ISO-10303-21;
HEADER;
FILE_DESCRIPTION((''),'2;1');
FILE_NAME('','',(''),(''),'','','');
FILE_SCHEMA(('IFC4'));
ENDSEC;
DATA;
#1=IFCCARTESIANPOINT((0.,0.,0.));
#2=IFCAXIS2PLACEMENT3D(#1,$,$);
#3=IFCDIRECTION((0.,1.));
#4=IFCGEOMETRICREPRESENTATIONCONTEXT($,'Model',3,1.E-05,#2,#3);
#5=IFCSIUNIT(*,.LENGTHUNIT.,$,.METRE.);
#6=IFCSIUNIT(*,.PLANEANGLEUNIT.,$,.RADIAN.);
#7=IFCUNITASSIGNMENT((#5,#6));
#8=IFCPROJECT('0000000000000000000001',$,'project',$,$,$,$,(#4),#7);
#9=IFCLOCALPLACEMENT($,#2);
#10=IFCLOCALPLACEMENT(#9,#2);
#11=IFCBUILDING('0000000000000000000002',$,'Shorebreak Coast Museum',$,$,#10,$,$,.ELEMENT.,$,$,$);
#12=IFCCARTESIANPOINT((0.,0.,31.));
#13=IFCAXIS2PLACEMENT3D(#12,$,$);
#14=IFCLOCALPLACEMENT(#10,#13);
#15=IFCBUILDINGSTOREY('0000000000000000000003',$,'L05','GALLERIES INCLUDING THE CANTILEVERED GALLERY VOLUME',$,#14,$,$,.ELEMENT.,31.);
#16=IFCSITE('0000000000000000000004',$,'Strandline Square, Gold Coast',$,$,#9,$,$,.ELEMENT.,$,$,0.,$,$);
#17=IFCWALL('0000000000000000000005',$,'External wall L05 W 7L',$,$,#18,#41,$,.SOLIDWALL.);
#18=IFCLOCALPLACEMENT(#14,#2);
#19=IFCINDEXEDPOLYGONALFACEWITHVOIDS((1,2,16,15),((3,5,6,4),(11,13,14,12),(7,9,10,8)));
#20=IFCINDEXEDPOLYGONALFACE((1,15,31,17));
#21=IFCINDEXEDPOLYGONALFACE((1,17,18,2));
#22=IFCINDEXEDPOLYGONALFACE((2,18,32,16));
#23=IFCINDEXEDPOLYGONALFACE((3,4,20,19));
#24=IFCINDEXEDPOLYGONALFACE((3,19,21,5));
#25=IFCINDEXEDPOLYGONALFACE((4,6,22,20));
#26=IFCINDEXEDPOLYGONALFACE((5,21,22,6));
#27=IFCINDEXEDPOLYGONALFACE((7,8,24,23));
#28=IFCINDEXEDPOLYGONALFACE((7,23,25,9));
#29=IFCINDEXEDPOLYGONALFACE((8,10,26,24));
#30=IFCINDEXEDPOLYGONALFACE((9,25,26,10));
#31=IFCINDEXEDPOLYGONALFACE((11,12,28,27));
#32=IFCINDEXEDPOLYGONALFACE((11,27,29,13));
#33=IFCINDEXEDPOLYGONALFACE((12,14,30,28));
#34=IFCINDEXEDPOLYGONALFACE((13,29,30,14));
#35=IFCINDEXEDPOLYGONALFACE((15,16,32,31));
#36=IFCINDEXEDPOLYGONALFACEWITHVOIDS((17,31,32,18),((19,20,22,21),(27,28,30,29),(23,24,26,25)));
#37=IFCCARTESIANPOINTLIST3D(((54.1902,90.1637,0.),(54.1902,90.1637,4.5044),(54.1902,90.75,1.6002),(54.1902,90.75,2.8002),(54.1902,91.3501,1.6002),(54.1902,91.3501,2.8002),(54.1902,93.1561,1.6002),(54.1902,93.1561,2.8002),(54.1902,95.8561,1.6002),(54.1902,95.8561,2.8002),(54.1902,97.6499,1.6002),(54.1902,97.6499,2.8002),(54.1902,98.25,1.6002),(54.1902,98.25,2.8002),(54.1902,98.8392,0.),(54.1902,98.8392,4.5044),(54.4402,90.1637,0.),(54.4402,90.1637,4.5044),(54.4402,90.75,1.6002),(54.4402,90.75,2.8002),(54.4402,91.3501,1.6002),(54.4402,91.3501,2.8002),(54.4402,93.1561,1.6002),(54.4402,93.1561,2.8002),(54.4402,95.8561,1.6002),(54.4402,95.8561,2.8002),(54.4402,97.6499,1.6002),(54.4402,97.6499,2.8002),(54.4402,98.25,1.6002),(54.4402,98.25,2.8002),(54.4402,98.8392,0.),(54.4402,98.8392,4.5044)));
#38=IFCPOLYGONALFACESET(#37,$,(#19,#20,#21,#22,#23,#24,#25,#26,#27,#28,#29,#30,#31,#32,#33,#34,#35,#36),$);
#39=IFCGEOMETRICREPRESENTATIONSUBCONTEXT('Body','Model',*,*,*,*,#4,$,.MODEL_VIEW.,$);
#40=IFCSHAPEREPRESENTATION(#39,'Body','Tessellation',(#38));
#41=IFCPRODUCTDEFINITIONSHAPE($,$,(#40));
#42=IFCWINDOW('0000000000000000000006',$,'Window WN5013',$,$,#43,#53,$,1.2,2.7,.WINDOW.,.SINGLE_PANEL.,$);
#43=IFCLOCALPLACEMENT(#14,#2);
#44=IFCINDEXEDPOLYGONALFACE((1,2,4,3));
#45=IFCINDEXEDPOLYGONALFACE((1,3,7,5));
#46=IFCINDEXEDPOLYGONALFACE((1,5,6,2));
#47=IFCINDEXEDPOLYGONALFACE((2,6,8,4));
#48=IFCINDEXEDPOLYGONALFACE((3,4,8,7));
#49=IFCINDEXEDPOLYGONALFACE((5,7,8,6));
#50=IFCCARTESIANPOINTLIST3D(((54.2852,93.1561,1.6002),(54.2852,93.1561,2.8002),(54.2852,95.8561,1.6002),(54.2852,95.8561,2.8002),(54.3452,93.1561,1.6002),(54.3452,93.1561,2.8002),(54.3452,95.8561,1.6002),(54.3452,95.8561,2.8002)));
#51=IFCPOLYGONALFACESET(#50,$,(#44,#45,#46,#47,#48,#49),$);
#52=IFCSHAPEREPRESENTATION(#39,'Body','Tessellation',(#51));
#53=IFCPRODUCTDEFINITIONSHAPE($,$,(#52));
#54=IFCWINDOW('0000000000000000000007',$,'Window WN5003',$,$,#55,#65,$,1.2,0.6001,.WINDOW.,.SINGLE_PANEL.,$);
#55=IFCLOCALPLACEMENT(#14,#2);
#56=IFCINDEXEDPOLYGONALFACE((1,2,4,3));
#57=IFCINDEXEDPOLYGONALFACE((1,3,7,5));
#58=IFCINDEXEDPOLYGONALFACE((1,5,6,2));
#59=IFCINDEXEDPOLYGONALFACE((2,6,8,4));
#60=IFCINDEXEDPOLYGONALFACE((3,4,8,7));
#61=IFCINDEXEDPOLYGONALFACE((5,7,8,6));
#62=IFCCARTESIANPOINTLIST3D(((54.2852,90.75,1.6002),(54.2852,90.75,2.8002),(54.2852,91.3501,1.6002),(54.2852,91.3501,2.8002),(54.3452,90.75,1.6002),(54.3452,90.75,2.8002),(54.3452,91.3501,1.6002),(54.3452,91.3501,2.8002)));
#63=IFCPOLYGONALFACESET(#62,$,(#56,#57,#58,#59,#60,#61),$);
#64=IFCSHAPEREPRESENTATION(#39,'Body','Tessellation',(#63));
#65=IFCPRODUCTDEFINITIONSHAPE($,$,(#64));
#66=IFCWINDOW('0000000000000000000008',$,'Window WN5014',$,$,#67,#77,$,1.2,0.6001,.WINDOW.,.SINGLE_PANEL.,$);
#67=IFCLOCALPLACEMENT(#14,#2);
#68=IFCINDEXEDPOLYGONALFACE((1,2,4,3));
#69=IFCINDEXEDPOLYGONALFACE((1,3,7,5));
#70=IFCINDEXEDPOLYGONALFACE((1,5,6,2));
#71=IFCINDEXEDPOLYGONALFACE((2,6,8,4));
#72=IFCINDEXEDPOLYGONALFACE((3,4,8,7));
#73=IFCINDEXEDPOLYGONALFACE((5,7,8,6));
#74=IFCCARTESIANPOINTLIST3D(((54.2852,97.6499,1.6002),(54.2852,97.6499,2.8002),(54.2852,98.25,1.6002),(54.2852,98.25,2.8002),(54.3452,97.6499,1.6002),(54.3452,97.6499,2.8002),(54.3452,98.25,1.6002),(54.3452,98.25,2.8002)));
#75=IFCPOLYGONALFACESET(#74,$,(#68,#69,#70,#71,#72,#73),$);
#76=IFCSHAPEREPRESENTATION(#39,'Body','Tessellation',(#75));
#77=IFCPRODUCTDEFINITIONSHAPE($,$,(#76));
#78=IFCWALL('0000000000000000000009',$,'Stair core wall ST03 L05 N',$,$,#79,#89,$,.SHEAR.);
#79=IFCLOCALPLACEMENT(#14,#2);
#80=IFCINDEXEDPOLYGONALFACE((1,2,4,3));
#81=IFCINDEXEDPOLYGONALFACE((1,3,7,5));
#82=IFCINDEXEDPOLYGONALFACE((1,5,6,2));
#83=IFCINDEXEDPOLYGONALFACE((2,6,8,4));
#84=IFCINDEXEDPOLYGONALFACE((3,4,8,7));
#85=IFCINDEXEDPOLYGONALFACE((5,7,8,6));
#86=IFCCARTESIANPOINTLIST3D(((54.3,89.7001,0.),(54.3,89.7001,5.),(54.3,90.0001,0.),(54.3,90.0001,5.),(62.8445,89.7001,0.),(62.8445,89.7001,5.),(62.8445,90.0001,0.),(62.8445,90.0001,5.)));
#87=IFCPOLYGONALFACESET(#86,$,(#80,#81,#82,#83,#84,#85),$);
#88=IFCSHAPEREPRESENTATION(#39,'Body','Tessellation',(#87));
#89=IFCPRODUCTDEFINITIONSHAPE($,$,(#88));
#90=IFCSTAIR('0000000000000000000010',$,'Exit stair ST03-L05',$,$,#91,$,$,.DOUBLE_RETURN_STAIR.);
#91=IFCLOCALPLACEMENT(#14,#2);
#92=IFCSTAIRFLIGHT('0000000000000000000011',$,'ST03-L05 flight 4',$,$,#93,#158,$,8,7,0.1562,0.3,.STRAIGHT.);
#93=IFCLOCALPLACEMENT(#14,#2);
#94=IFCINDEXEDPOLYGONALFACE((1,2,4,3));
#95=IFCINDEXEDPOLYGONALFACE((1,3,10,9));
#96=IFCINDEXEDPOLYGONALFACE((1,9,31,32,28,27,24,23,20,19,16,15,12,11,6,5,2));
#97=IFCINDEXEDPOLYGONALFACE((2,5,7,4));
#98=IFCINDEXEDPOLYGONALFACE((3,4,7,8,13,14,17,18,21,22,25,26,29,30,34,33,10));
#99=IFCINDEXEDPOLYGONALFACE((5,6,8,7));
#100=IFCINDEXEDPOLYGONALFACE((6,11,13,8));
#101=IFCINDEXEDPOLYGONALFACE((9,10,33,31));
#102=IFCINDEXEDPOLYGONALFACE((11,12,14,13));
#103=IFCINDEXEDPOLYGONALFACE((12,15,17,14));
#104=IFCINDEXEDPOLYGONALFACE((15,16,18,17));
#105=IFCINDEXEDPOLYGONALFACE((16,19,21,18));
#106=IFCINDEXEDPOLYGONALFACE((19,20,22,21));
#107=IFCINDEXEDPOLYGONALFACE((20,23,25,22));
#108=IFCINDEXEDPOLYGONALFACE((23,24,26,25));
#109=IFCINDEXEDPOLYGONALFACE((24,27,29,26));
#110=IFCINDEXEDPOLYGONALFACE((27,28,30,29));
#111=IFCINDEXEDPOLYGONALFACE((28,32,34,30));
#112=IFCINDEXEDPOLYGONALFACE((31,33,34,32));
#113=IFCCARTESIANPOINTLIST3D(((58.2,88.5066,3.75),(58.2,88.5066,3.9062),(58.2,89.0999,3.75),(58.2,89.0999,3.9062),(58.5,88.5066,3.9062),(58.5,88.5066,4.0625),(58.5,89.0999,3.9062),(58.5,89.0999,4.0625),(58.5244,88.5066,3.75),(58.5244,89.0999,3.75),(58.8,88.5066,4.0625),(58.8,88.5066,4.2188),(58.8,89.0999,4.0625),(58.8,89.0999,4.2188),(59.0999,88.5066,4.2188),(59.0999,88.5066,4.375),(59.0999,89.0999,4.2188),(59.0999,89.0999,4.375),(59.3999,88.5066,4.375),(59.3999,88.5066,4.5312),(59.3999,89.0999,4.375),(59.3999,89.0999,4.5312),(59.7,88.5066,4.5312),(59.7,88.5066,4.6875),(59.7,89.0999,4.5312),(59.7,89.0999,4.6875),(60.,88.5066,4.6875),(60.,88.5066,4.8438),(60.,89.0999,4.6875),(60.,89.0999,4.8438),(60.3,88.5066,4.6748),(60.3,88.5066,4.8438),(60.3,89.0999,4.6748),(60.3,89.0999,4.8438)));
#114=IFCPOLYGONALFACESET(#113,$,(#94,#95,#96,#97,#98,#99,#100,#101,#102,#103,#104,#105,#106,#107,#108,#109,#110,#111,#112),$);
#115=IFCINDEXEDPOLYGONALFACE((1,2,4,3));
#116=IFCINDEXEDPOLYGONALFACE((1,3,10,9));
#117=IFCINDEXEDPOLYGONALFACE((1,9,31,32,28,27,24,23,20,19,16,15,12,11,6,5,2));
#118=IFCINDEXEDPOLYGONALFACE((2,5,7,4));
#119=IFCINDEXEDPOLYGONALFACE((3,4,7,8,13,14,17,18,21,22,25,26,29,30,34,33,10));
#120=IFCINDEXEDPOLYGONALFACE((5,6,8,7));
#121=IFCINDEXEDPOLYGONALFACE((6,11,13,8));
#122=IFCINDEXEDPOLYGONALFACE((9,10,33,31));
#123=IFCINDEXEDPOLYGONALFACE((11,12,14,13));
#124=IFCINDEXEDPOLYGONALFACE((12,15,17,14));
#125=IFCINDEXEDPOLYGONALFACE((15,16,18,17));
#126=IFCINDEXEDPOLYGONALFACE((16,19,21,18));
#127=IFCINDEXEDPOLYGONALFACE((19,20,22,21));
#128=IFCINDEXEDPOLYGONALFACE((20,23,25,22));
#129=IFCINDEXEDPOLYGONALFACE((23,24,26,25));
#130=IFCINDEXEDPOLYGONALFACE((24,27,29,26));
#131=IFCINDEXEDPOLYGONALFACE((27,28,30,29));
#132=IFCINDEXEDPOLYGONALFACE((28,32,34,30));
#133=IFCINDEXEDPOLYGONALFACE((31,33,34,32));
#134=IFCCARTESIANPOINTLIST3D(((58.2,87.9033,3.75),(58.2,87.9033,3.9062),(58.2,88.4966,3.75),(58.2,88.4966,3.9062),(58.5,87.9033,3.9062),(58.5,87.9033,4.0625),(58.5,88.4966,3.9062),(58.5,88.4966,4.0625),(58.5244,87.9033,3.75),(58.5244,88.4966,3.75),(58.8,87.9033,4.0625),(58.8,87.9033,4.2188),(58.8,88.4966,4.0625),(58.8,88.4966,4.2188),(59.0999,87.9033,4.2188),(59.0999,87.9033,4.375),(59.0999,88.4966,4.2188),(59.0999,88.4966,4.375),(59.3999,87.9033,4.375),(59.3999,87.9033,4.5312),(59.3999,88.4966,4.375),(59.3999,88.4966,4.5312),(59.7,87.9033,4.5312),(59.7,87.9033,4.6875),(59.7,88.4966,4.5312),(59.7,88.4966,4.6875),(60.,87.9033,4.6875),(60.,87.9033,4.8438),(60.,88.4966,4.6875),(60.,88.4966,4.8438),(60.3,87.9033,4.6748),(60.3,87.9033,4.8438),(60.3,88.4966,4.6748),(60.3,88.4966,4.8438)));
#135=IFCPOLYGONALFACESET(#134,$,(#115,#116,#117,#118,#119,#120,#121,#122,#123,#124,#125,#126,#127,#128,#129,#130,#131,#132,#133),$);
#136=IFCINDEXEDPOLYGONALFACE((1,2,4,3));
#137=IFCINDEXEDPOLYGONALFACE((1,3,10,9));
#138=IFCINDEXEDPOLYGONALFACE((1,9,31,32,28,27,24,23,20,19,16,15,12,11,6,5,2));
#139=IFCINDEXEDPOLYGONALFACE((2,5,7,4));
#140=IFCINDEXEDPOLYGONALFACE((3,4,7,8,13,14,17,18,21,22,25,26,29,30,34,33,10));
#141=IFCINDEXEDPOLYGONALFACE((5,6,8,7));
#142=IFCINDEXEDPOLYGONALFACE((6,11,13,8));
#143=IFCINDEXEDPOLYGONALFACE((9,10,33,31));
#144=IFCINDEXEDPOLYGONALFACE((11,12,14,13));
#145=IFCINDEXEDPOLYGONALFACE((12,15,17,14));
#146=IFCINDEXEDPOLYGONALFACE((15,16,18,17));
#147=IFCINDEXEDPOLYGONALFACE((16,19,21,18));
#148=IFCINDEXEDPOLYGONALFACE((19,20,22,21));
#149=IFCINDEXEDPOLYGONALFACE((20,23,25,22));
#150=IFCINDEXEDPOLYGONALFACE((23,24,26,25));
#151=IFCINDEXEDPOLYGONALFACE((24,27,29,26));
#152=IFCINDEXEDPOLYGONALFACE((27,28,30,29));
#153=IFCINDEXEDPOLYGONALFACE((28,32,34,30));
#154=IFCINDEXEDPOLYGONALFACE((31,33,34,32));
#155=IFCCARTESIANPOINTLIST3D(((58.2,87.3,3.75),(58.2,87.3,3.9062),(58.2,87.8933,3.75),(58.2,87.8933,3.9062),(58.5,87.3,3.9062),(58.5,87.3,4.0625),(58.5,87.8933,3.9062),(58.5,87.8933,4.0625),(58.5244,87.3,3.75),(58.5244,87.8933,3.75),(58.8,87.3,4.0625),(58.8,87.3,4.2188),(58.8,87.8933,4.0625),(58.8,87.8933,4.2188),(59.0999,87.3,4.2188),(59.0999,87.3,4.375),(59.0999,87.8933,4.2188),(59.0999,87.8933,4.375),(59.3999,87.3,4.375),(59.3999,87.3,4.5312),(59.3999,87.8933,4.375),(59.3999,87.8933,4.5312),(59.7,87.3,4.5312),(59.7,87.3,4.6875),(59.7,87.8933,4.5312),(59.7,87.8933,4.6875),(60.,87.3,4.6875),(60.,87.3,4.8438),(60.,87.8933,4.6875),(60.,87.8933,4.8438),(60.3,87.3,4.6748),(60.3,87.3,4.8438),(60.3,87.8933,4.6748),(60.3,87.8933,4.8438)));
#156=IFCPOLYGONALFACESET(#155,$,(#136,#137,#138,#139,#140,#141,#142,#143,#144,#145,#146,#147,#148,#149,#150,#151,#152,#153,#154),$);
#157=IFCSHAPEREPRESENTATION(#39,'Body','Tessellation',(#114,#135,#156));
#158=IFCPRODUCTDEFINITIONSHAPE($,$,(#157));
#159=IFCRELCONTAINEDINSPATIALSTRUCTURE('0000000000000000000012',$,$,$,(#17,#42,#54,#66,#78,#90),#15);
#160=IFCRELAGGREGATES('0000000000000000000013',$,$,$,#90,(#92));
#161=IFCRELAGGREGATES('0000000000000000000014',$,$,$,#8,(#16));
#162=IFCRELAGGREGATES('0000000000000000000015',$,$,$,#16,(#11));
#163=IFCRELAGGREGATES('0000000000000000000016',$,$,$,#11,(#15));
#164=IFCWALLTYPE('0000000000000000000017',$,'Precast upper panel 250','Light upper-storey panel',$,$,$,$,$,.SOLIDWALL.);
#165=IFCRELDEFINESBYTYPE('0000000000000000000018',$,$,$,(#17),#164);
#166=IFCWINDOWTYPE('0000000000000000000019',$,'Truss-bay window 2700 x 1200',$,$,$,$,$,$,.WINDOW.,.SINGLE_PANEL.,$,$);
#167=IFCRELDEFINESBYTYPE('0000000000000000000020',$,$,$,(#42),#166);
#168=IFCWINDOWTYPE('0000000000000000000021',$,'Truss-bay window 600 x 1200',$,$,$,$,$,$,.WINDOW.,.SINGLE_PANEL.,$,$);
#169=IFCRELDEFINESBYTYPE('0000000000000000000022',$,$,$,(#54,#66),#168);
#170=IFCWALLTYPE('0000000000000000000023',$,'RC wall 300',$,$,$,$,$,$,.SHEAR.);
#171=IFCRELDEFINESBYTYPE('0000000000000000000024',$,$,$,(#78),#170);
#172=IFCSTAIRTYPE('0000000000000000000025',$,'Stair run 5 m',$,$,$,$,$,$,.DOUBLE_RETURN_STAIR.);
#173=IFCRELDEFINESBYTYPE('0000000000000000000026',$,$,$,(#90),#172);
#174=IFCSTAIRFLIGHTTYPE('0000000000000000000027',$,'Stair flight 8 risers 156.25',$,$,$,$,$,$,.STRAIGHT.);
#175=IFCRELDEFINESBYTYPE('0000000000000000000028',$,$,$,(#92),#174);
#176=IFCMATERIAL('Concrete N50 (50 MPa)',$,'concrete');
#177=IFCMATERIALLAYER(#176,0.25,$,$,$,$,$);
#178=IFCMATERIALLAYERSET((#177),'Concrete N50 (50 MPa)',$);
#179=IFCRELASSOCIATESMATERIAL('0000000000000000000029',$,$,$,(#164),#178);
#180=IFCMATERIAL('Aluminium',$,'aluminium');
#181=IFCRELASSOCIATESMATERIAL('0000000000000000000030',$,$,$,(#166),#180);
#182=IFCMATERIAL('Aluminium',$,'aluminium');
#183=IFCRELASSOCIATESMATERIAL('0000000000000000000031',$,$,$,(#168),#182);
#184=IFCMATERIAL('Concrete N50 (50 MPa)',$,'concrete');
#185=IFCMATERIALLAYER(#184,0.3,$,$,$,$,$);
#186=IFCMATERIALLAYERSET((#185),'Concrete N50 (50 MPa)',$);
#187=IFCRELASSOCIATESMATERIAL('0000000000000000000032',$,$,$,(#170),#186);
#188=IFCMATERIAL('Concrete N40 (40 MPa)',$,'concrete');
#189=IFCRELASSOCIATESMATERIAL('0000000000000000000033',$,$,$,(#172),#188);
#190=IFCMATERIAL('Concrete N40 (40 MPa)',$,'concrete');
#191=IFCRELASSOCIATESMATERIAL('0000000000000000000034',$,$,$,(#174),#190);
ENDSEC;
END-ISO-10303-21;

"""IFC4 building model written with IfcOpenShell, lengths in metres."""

from ifc_helpers import new_model, si_unit, direction, frame, frame_2d, origin, place, context, subcontext, project, spatial, polyline, rectangle, outline, extrude, material, layer, layer_set, type_object, element, fill, aggregate, save


model = new_model("IFC4")

# Units and contexts
model_context = context("Model", 3, precision=1e-05, world=origin(), true_north=direction((0.0, 1.0)))
body_context = subcontext(model_context, "Body", "Model", "MODEL_VIEW")
ifc_project = project(units=[si_unit("LENGTHUNIT", "METRE"), si_unit("PLANEANGLEUNIT", "RADIAN")], contexts=[model_context])

# Site, building, storey
site_placement = place(None, origin())
site = spatial("IfcSite", under=ifc_project, at=site_placement, Name="Strandline Square, Gold Coast", CompositionType="ELEMENT", RefElevation=0.0)
building_placement = place(site_placement, origin())
building = spatial("IfcBuilding", under=site, at=building_placement, Name="Shorebreak Coast Museum", CompositionType="ELEMENT")
storey_placement = place(building_placement, frame((0.0, 0.0, 31.0)))
storey = spatial("IfcBuildingStorey", under=building, at=storey_placement, Name="L05", Description="GALLERIES INCLUDING THE CANTILEVERED GALLERY VOLUME", CompositionType="ELEMENT", Elevation=31.0)

# Wall, openings, windows
ifc_material_1 = material(Name="Concrete N50 (50 MPa)", Category="concrete")
ifc_layer_1 = layer(ifc_material_1, 0.25)
ifc_layer_set_1 = layer_set([ifc_layer_1], Name="Concrete N50 (50 MPa)")
wall_type_1 = type_object("IfcWallType", Name="Precast upper panel 250", Description="Light upper-storey panel", PredefinedType="SOLIDWALL", material=ifc_layer_set_1)
wall_1_placement = place(storey_placement, frame((54.3152, 90.1636, 0.0), z_axis=(0.0, 0.0, 1.0), x_axis=(0.0, 1.0, 0.0)))
wall_1 = element("IfcWall", 1, at=wall_1_placement, inside=storey, type_object=wall_type_1, Name="External wall L05 W 7L", PredefinedType="SOLIDWALL", context=body_context, shape_type="SweptSolid", body=[
    extrude(rectangle(XDim=8.6755, YDim=0.25, at=frame_2d((4.3379, 0.0))), origin(), (0.0, 0.0, 1.0), 4.5044),
])
opening_1_placement = place(wall_1_placement, frame((0.5864, 0.0, 1.6001)))
opening_1 = element("IfcOpeningElement", 2, at=opening_1_placement, cuts=wall_1, PredefinedType="OPENING", context=body_context, shape_type="SweptSolid", body=[
    extrude(rectangle(XDim=0.6001, YDim=1.2, at=frame_2d((0.3, 0.6001))), frame((0.0, 0.135, 0.0), z_axis=(0.0, -1.0, 0.0), x_axis=(1.0, 0.0, 0.0)), (0.0, 0.0, 1.0), 0.27),
])
opening_2_placement = place(wall_1_placement, frame((2.9924, 0.0, 1.6001)))
opening_2 = element("IfcOpeningElement", 3, at=opening_2_placement, cuts=wall_1, PredefinedType="OPENING", context=body_context, shape_type="SweptSolid", body=[
    extrude(rectangle(XDim=2.7, YDim=1.2, at=frame_2d((1.3501, 0.6001))), frame((0.0, 0.135, 0.0), z_axis=(0.0, -1.0, 0.0), x_axis=(1.0, 0.0, 0.0)), (0.0, 0.0, 1.0), 0.27),
])
opening_3_placement = place(wall_1_placement, frame((7.4863, 0.0, 1.6001)))
opening_3 = element("IfcOpeningElement", 4, at=opening_3_placement, cuts=wall_1, PredefinedType="OPENING", context=body_context, shape_type="SweptSolid", body=[
    extrude(rectangle(XDim=0.6001, YDim=1.2, at=frame_2d((0.3, 0.6001))), frame((0.0, 0.135, 0.0), z_axis=(0.0, -1.0, 0.0), x_axis=(1.0, 0.0, 0.0)), (0.0, 0.0, 1.0), 0.27),
])
ifc_material_2 = material(Name="Aluminium", Category="aluminium")
window_type_1 = type_object("IfcWindowType", Name="Truss-bay window 2700 x 1200", PartitioningType="SINGLE_PANEL", PredefinedType="WINDOW", material=ifc_material_2)
window_1_placement = place(opening_2_placement, origin())
window_1 = element("IfcWindow", 5, at=window_1_placement, inside=storey, type_object=window_type_1, Name="Window WN5013", OverallHeight=1.2, OverallWidth=2.7, PartitioningType="SINGLE_PANEL", PredefinedType="WINDOW", context=body_context, shape_type="SweptSolid", body=[
    extrude(rectangle(XDim=2.7, YDim=1.2, at=frame_2d((1.3501, 0.6001))), frame((0.0, 0.03, 0.0), z_axis=(0.0, -1.0, 0.0), x_axis=(1.0, 0.0, 0.0)), (0.0, 0.0, 1.0), 0.0601),
])
fill(opening_2, window_1)
ifc_material_3 = material(Name="Aluminium", Category="aluminium")
window_type_2 = type_object("IfcWindowType", Name="Truss-bay window 600 x 1200", PartitioningType="SINGLE_PANEL", PredefinedType="WINDOW", material=ifc_material_3)
window_2_placement = place(opening_1_placement, origin())
window_2 = element("IfcWindow", 6, at=window_2_placement, inside=storey, type_object=window_type_2, Name="Window WN5003", OverallHeight=1.2, OverallWidth=0.6001, PartitioningType="SINGLE_PANEL", PredefinedType="WINDOW", context=body_context, shape_type="SweptSolid", body=[
    extrude(rectangle(XDim=0.6001, YDim=1.2, at=frame_2d((0.3, 0.6001))), frame((0.0, 0.03, 0.0), z_axis=(0.0, -1.0, 0.0), x_axis=(1.0, 0.0, 0.0)), (0.0, 0.0, 1.0), 0.0601),
])
fill(opening_1, window_2)
window_3_placement = place(opening_3_placement, origin())
window_3 = element("IfcWindow", 7, at=window_3_placement, inside=storey, type_object=window_type_2, Name="Window WN5014", OverallHeight=1.2, OverallWidth=0.6001, PartitioningType="SINGLE_PANEL", PredefinedType="WINDOW", context=body_context, shape_type="SweptSolid", body=[
    extrude(rectangle(XDim=0.6001, YDim=1.2, at=frame_2d((0.3, 0.6001))), frame((0.0, 0.03, 0.0), z_axis=(0.0, -1.0, 0.0), x_axis=(1.0, 0.0, 0.0)), (0.0, 0.0, 1.0), 0.0601),
])
fill(opening_3, window_3)

# Wall
ifc_material_4 = material(Name="Concrete N50 (50 MPa)", Category="concrete")
ifc_layer_2 = layer(ifc_material_4, 0.3)
ifc_layer_set_2 = layer_set([ifc_layer_2], Name="Concrete N50 (50 MPa)")
wall_type_2 = type_object("IfcWallType", Name="RC wall 300", PredefinedType="SHEAR", material=ifc_layer_set_2)
wall_2_placement = place(storey_placement, frame((54.3, 89.8501, 0.0), z_axis=(0.0, 0.0, 1.0), x_axis=(1.0, 0.0, 0.0)))
element("IfcWall", 8, at=wall_2_placement, inside=storey, type_object=wall_type_2, Name="Stair core wall ST03 L05 N", PredefinedType="SHEAR", context=body_context, shape_type="SweptSolid", body=[
    extrude(rectangle(XDim=8.5444, YDim=0.3, at=frame_2d((4.2722, 0.0))), origin(), (0.0, 0.0, 1.0), 5.0),
])

# Stair, stair flight
ifc_material_5 = material(Name="Concrete N40 (40 MPa)", Category="concrete")
stair_type = type_object("IfcStairType", Name="Stair run 5 m", PredefinedType="DOUBLE_RETURN_STAIR", material=ifc_material_5)
stair_placement = place(storey_placement, origin())
stair = element("IfcStair", 9, at=stair_placement, inside=storey, type_object=stair_type, Name="Exit stair ST03-L05", PredefinedType="DOUBLE_RETURN_STAIR")
ifc_material_6 = material(Name="Concrete N40 (40 MPa)", Category="concrete")
stair_flight_type = type_object("IfcStairFlightType", Name="Stair flight 8 risers 156.25", PredefinedType="STRAIGHT", material=ifc_material_6)
stair_flight_placement = place(storey_placement, frame((58.2, 88.2, 3.75), z_axis=(0.0, 0.0, 1.0), x_axis=(1.0, 0.0, 0.0)))
stair_flight = element("IfcStairFlight", 10, at=stair_flight_placement, type_object=stair_flight_type, Name="ST03-L05 flight 4", NumberOfRisers=8, NumberOfTreads=7, PredefinedType="STRAIGHT", RiserHeight=0.1562, TreadLength=0.3, context=body_context, shape_type="SweptSolid", body=[
    extrude(outline(polyline([(0.0, 0.0), (0.0, 0.1562), (0.3, 0.1562), (0.3, 0.3125), (0.6001, 0.3125), (0.6001, 0.4688), (0.8999, 0.4688), (0.8999, 0.625), (1.2, 0.625), (1.2, 0.7812), (1.5, 0.7812), (1.5, 0.9375), (1.8, 0.9375), (1.8, 1.0938), (2.1001, 1.0938), (2.1001, 1.25), (2.1001, 0.9248), (0.3245, 0.0), (0.0, 0.0)])), frame((0.0, 0.8999, 0.0), z_axis=(0.0, -1.0, 0.0), x_axis=(1.0, 0.0, 0.0)), (0.0, 0.0, 1.0), 0.5933),
    extrude(outline(polyline([(0.0, 0.0), (0.0, 0.1562), (0.3, 0.1562), (0.3, 0.3125), (0.6001, 0.3125), (0.6001, 0.4688), (0.8999, 0.4688), (0.8999, 0.625), (1.2, 0.625), (1.2, 0.7812), (1.5, 0.7812), (1.5, 0.9375), (1.8, 0.9375), (1.8, 1.0938), (2.1001, 1.0938), (2.1001, 1.25), (2.1001, 0.9248), (0.3245, 0.0), (0.0, 0.0)])), frame((0.0, 0.2966, 0.0), z_axis=(0.0, -1.0, 0.0), x_axis=(1.0, 0.0, 0.0)), (0.0, 0.0, 1.0), 0.5933),
    extrude(outline(polyline([(0.0, 0.0), (0.0, 0.1562), (0.3, 0.1562), (0.3, 0.3125), (0.6001, 0.3125), (0.6001, 0.4688), (0.8999, 0.4688), (0.8999, 0.625), (1.2, 0.625), (1.2, 0.7812), (1.5, 0.7812), (1.5, 0.9375), (1.8, 0.9375), (1.8, 1.0938), (2.1001, 1.0938), (2.1001, 1.25), (2.1001, 0.9248), (0.3245, 0.0), (0.0, 0.0)])), frame((0.0, -0.3066, 0.0), z_axis=(0.0, -1.0, 0.0), x_axis=(1.0, 0.0, 0.0)), (0.0, 0.0, 1.0), 0.5933),
])
aggregate(stair, [stair_flight])

save(model, "model.ifc")
